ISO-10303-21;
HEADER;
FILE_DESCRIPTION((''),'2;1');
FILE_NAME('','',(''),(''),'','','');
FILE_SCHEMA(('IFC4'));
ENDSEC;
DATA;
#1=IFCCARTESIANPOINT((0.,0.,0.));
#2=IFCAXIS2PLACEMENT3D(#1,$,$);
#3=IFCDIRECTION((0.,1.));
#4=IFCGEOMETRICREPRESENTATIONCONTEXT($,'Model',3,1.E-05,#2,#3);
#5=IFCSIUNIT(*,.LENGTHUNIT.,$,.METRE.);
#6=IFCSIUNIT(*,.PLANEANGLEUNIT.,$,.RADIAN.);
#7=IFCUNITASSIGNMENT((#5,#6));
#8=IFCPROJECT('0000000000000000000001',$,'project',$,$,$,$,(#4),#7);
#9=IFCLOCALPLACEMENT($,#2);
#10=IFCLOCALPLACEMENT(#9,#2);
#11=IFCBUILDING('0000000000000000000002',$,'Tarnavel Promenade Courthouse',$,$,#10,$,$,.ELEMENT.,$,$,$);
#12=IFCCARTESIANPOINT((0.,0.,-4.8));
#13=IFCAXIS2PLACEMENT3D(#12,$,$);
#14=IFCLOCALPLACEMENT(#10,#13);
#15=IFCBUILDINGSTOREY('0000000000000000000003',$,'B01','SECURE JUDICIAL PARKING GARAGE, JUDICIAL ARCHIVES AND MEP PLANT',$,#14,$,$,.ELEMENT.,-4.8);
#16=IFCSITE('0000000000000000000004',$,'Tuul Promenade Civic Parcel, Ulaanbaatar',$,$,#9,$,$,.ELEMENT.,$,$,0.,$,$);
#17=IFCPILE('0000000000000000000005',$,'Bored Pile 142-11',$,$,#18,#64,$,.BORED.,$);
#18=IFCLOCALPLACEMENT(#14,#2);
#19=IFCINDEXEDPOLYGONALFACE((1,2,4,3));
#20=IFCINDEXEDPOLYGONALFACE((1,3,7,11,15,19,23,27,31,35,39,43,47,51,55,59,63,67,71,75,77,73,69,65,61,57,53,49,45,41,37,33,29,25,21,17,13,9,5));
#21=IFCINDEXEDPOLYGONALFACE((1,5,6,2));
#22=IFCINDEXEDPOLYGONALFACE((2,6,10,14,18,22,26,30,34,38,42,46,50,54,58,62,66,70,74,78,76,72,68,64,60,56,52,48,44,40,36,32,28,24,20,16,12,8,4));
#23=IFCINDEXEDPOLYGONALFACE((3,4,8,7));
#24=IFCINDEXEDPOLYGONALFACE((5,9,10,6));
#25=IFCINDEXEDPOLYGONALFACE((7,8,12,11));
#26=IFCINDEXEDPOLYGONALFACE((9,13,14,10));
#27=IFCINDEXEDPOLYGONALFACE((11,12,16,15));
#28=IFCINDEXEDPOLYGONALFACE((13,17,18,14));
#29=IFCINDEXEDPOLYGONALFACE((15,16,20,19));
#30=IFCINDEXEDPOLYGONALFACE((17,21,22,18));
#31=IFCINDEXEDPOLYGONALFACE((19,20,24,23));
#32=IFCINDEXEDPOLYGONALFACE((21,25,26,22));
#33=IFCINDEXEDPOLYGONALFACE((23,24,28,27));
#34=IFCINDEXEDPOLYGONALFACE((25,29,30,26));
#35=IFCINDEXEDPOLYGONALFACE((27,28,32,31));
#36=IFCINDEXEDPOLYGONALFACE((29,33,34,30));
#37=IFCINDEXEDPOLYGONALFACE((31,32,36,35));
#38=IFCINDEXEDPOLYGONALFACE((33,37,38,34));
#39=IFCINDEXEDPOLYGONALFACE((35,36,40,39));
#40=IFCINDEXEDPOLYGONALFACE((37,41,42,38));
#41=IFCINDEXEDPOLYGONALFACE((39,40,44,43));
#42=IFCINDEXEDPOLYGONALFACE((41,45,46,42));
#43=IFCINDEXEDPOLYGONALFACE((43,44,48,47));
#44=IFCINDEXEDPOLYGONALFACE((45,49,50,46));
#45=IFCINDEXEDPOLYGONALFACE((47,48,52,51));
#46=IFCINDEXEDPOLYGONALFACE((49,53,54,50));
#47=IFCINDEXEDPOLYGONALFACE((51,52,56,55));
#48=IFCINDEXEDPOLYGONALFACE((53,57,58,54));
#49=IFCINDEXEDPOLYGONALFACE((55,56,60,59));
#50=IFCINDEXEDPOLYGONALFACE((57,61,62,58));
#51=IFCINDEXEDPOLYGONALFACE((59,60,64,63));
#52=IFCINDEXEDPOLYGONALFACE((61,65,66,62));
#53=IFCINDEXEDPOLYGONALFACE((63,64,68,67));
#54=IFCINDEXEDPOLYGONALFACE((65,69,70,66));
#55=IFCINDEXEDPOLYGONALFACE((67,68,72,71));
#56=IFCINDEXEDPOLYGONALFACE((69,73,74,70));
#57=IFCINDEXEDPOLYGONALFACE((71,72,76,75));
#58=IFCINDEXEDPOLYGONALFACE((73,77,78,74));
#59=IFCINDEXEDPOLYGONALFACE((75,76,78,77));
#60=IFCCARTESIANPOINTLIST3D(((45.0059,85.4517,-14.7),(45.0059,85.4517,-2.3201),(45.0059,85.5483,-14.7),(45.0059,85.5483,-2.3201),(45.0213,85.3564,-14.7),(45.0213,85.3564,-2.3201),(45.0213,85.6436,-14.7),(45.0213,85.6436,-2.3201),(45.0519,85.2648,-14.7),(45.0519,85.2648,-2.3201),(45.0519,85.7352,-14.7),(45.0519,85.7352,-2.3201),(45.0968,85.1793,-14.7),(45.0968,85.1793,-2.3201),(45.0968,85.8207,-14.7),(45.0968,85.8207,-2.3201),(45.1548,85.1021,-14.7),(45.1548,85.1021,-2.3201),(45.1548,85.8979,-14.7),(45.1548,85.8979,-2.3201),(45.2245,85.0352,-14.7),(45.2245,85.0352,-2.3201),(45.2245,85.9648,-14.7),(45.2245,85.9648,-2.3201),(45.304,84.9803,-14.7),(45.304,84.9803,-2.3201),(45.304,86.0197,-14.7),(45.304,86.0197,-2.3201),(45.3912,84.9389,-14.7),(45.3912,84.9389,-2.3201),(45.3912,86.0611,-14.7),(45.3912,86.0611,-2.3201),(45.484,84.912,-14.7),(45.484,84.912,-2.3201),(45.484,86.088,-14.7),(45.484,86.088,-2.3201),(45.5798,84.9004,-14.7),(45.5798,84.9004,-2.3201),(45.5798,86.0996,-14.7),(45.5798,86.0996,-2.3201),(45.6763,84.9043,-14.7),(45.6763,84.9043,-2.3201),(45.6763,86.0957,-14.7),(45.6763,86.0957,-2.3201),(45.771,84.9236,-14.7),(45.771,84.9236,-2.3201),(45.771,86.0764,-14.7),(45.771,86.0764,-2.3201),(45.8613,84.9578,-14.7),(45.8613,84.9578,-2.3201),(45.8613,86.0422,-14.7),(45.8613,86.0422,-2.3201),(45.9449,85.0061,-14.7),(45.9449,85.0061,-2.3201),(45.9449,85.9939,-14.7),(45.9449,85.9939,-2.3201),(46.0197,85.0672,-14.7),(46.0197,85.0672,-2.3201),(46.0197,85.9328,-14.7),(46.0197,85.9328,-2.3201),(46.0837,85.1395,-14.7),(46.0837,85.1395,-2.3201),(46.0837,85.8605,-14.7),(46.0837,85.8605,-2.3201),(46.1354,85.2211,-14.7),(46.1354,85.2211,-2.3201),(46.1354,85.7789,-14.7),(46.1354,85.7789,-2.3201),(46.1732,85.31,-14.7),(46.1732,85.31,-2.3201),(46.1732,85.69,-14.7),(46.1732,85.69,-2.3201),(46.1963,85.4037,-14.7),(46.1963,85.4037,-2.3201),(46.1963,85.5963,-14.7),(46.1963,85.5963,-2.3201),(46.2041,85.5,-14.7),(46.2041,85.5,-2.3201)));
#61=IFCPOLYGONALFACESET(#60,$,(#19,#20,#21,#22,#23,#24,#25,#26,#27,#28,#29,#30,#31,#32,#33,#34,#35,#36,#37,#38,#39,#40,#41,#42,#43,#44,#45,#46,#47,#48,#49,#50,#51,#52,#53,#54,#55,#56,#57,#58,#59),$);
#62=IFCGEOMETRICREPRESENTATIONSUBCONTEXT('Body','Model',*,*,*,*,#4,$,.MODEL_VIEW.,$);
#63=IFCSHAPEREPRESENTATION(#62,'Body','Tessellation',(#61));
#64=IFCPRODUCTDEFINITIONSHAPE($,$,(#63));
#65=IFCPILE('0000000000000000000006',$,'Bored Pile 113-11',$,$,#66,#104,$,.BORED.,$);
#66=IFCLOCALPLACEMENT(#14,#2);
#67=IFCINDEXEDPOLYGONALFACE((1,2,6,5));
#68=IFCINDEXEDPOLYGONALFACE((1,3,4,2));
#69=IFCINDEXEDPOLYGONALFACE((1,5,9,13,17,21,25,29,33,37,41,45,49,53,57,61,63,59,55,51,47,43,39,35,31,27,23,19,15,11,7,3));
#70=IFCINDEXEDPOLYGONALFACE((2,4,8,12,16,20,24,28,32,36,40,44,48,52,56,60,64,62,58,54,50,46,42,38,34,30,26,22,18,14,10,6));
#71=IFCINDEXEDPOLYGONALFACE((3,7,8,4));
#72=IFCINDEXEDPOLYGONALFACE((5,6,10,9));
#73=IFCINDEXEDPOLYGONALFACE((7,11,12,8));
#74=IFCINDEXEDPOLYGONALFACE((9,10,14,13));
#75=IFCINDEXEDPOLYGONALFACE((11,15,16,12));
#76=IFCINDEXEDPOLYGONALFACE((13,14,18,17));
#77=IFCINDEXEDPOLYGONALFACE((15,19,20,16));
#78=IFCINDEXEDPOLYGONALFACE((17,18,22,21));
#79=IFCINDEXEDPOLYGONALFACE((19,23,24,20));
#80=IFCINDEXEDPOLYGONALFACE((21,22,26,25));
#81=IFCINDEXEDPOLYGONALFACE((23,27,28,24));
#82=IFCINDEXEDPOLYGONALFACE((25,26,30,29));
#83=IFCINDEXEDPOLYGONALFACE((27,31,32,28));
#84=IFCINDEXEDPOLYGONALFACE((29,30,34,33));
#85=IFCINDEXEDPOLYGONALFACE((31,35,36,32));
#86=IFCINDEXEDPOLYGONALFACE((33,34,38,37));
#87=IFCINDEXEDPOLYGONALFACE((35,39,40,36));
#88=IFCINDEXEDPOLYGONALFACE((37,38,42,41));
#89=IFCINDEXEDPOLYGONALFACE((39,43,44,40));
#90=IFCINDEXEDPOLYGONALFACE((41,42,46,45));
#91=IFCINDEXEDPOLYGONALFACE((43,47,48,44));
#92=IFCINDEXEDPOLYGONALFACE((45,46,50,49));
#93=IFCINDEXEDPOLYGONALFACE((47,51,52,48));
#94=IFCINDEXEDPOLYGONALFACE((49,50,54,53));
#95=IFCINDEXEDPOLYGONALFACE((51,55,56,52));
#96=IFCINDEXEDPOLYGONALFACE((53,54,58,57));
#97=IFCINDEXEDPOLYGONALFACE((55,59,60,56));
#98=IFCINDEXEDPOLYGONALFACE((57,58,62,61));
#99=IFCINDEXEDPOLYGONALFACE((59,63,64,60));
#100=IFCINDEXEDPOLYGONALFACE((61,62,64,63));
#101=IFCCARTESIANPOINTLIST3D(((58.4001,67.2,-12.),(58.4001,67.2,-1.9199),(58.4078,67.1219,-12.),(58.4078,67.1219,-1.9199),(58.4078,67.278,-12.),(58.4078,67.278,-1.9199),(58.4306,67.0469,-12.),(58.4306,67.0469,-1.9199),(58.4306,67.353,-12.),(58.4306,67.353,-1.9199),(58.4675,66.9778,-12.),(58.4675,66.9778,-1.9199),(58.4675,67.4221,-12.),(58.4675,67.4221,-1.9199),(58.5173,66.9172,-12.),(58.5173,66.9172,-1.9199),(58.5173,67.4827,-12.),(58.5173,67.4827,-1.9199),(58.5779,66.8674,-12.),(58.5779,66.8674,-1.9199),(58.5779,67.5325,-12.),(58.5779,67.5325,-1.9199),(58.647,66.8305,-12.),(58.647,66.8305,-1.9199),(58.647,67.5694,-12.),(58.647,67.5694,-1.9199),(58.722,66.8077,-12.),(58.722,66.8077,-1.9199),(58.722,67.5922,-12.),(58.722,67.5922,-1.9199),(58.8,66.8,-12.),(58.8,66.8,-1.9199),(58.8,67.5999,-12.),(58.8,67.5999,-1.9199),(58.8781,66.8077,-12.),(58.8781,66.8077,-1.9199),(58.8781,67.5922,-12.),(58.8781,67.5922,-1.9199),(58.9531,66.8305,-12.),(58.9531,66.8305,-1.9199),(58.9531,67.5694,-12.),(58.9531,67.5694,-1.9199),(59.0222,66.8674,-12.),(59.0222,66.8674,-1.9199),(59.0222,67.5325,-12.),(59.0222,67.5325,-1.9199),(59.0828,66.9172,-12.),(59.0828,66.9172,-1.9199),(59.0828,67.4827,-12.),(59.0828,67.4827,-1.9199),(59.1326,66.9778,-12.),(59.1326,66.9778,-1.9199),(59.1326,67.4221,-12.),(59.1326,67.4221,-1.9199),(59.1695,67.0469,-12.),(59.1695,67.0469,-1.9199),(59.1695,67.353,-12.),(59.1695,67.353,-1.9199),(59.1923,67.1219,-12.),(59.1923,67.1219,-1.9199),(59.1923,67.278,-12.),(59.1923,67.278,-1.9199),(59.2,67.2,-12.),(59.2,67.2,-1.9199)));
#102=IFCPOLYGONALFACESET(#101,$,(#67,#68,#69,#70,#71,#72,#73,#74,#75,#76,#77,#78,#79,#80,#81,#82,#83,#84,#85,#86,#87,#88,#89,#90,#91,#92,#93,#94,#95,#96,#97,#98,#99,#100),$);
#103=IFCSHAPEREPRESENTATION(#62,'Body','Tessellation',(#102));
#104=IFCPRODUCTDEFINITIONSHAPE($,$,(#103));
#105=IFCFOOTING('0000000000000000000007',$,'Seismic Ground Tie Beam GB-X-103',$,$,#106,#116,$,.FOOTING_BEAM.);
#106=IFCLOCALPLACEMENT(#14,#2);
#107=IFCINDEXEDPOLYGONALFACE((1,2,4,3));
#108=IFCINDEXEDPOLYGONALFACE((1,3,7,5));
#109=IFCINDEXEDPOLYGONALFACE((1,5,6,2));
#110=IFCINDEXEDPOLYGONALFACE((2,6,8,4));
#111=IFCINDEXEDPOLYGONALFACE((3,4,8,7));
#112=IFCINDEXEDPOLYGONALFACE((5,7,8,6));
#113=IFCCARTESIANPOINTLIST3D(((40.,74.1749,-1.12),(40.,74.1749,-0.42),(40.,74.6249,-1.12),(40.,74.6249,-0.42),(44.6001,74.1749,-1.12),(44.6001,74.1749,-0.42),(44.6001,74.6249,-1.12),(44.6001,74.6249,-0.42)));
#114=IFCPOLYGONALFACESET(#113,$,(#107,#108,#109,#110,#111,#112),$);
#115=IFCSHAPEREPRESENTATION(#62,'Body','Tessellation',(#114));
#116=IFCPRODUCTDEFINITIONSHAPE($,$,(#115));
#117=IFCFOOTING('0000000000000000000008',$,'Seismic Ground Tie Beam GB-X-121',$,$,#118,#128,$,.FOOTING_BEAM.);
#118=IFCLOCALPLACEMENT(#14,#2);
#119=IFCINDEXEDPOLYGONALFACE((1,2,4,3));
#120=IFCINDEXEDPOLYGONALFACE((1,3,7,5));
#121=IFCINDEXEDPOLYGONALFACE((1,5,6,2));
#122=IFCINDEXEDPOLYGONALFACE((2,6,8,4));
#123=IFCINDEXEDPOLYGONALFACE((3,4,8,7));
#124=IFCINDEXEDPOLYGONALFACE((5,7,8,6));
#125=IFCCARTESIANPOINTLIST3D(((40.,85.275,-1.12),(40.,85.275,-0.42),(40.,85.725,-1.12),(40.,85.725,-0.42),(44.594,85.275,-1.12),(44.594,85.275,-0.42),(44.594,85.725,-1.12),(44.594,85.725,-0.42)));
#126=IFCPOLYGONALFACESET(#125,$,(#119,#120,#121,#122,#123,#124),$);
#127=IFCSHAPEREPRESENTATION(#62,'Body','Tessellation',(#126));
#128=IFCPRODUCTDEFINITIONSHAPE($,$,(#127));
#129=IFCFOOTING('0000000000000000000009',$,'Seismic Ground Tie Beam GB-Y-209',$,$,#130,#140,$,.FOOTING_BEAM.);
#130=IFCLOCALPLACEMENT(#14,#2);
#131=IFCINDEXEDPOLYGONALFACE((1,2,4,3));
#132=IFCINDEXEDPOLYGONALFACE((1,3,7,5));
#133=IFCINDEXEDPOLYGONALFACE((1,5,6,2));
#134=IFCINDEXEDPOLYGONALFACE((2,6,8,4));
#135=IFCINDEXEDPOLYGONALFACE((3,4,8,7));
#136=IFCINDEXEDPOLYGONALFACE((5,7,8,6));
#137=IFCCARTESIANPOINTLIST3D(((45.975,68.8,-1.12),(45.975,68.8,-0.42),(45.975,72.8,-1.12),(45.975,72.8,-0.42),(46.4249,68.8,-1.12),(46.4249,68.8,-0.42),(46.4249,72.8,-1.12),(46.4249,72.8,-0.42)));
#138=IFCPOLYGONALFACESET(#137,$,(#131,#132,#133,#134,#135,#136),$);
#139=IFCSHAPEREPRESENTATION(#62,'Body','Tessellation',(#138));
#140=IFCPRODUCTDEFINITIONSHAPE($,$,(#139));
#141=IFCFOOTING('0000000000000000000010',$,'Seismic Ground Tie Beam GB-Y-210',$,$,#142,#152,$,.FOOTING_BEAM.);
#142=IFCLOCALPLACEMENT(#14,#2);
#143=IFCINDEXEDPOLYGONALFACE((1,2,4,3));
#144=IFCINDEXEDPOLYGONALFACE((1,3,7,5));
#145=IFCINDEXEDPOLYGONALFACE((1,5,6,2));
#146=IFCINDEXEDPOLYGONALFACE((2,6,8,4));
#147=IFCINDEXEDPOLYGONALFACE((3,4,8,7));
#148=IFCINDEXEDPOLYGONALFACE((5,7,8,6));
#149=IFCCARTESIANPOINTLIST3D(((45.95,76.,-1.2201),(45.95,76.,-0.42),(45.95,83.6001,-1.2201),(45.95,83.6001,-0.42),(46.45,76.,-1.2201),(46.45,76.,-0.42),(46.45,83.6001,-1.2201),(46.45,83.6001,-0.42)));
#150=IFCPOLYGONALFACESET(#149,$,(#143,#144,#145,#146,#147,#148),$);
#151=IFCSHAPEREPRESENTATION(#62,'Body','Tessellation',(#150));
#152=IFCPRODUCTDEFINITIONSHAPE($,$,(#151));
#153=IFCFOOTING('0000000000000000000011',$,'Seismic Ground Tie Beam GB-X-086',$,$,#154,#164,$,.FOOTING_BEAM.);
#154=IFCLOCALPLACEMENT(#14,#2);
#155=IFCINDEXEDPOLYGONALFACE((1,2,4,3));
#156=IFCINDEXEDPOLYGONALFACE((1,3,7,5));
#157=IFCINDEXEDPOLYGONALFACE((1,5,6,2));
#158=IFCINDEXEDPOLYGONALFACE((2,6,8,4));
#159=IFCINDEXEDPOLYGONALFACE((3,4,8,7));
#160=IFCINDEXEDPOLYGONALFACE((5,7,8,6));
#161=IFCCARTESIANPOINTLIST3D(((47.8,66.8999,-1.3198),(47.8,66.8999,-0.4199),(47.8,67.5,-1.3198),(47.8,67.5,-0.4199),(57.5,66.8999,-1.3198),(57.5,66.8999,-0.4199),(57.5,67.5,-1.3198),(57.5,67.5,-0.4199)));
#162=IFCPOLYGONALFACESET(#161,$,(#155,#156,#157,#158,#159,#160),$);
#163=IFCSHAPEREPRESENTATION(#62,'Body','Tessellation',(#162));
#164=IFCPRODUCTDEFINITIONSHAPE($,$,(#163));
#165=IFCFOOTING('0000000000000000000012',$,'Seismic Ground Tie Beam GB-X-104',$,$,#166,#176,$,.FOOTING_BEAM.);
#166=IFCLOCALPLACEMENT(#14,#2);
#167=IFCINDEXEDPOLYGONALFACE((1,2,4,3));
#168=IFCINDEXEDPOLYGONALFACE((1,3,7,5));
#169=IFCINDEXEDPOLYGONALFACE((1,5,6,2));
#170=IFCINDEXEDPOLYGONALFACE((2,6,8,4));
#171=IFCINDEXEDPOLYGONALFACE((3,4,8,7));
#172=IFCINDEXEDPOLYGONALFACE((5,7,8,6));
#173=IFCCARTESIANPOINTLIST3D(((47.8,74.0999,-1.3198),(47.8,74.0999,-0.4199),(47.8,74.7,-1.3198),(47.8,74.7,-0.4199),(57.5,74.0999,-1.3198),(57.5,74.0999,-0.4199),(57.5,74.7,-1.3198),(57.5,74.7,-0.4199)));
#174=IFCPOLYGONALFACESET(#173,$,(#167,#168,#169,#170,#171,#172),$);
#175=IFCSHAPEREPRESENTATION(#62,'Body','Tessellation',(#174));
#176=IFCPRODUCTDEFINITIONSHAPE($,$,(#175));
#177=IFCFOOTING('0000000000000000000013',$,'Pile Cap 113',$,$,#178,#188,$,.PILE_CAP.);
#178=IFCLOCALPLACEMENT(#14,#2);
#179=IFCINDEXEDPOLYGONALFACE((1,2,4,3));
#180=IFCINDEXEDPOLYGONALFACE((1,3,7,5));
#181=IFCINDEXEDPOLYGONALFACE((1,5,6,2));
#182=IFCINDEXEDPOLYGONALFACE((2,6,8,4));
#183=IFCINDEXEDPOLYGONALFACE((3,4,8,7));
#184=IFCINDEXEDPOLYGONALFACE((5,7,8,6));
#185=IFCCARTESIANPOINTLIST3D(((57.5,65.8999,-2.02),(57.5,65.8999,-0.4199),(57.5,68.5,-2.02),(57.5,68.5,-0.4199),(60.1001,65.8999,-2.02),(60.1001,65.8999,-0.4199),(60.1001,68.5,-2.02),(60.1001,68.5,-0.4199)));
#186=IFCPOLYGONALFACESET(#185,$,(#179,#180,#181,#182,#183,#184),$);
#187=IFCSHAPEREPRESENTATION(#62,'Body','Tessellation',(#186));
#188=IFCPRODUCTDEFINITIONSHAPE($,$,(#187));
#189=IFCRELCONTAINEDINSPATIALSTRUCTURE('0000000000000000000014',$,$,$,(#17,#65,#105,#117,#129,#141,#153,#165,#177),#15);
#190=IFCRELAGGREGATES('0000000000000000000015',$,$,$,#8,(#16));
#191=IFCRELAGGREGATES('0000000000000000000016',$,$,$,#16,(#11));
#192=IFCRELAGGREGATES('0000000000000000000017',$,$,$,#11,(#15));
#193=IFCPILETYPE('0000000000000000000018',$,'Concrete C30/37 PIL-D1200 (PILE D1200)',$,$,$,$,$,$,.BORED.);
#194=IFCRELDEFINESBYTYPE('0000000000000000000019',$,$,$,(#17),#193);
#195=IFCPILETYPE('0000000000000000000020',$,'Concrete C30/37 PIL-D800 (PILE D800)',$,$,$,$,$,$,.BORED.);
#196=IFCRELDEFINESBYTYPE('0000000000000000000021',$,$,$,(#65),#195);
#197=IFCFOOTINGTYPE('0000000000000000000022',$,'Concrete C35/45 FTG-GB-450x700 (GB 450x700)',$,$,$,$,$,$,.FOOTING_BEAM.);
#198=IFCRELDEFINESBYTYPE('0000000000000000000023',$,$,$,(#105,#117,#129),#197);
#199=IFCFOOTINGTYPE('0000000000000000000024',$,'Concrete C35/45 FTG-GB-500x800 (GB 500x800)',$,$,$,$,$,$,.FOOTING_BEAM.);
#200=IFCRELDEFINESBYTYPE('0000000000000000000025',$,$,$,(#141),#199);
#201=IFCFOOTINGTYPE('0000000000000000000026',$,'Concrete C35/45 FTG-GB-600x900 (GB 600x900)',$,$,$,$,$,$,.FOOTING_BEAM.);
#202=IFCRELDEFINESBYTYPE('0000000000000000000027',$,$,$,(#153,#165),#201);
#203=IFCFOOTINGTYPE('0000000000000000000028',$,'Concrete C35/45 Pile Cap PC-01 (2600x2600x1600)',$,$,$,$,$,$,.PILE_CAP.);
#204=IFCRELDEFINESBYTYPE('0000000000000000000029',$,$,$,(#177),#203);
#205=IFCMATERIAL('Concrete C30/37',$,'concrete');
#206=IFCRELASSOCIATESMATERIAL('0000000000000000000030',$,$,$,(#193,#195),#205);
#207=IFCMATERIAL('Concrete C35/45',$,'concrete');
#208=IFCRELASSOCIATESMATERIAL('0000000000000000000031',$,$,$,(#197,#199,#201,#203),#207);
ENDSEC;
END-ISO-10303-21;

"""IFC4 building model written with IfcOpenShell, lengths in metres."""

from ifc_helpers import new_model, si_unit, direction, frame, origin, origin_2d, place, context, subcontext, project, spatial, rectangle, circle, extrude, material, material_profile, profile_set, type_object, element, save


model = new_model("IFC4")

# Units and contexts
model_context = context("Model", 3, precision=1e-05, world=origin(), true_north=direction((0.0, 1.0)))
body_context = subcontext(model_context, "Body", "Model", "MODEL_VIEW")
ifc_project = project(units=[si_unit("LENGTHUNIT", "METRE"), si_unit("PLANEANGLEUNIT", "RADIAN")], contexts=[model_context])

# Site, building, storey
site_placement = place(None, origin())
site = spatial("IfcSite", under=ifc_project, at=site_placement, Name="Tuul Promenade Civic Parcel, Ulaanbaatar", CompositionType="ELEMENT", RefElevation=0.0)
building_placement = place(site_placement, origin())
building = spatial("IfcBuilding", under=site, at=building_placement, Name="Tarnavel Promenade Courthouse", CompositionType="ELEMENT")
storey_placement = place(building_placement, frame((0.0, 0.0, -4.8)))
storey = spatial("IfcBuildingStorey", under=building, at=storey_placement, Name="B01", Description="SECURE JUDICIAL PARKING GARAGE, JUDICIAL ARCHIVES AND MEP PLANT", CompositionType="ELEMENT", Elevation=-4.8)

# Piles
ifc_material_1 = material(Name="Concrete C30/37", Category="concrete")
ifc_material_profile_1 = material_profile(ifc_material_1, circle(Radius=0.6001, at=origin_2d()), Name="PILE D1200")
ifc_profile_set_1 = profile_set([ifc_material_profile_1], Name="Concrete C30/37")
pile_type_1 = type_object("IfcPileType", Name="Concrete C30/37 PIL-D1200 (PILE D1200)", PredefinedType="BORED", material=ifc_profile_set_1)
for number, where, z_axis, x_axis, name in (
    (1, (45.604, 85.5, -2.3201), (0.0, 0.0, -1.0), (1.0, 0.0, 0.0), "Bored Pile 142-11"),
):
    element("IfcPile", number, at=place(storey_placement, frame(where, z_axis=z_axis, x_axis=x_axis)), inside=storey, type_object=pile_type_1, Name=name, PredefinedType="BORED", context=body_context, shape_type="SweptSolid", body=[
        extrude(circle(Radius=0.6001, at=origin_2d()), origin(), (0.0, 0.0, 1.0), 12.3799),
    ])
ifc_material_profile_2 = material_profile(ifc_material_1, circle(Radius=0.3999, at=origin_2d()), Name="PILE D800")
ifc_profile_set_2 = profile_set([ifc_material_profile_2], Name="Concrete C30/37")
pile_type_2 = type_object("IfcPileType", Name="Concrete C30/37 PIL-D800 (PILE D800)", PredefinedType="BORED", material=ifc_profile_set_2)
pile_1_placement = place(storey_placement, frame((58.8, 67.2, -1.9199), z_axis=(0.0, 0.0, -1.0), x_axis=(1.0, 0.0, 0.0)))
element("IfcPile", 2, at=pile_1_placement, inside=storey, type_object=pile_type_2, Name="Bored Pile 113-11", PredefinedType="BORED", context=body_context, shape_type="SweptSolid", body=[
    extrude(circle(Radius=0.3999, at=origin_2d()), origin(), (0.0, 0.0, 1.0), 10.0801),
])

# Footings
ifc_material_2 = material(Name="Concrete C35/45", Category="concrete")
ifc_material_profile_3 = material_profile(ifc_material_2, rectangle(XDim=0.45, YDim=0.7, at=origin_2d()), Name="GB 450x700")
ifc_profile_set_3 = profile_set([ifc_material_profile_3], Name="Concrete C35/45")
footing_type_1 = type_object("IfcFootingType", Name="Concrete C35/45 FTG-GB-450x700 (GB 450x700)", PredefinedType="FOOTING_BEAM", material=ifc_profile_set_3)
footing_1_placement = place(storey_placement, frame((40.0, 74.3999, -0.77), z_axis=(1.0, 0.0, 0.0), x_axis=(0.0, 1.0, 0.0)))
element("IfcFooting", 3, at=footing_1_placement, inside=storey, type_object=footing_type_1, Name="Seismic Ground Tie Beam GB-X-103", PredefinedType="FOOTING_BEAM", context=body_context, shape_type="SweptSolid", body=[
    extrude(rectangle(XDim=0.45, YDim=0.7, at=origin_2d()), origin(), (0.0, 0.0, 1.0), 4.6001),
])
footing_2_placement = place(storey_placement, frame((40.0, 85.5, -0.77), z_axis=(1.0, 0.0, 0.0), x_axis=(0.0, 1.0, 0.0)))
element("IfcFooting", 4, at=footing_2_placement, inside=storey, type_object=footing_type_1, Name="Seismic Ground Tie Beam GB-X-121", PredefinedType="FOOTING_BEAM", context=body_context, shape_type="SweptSolid", body=[
    extrude(rectangle(XDim=0.45, YDim=0.7, at=origin_2d()), origin(), (0.0, 0.0, 1.0), 4.594),
])
footing_3_placement = place(storey_placement, frame((46.2, 68.8, -0.77), z_axis=(0.0, 1.0, 0.0), x_axis=(-1.0, 0.0, 0.0)))
element("IfcFooting", 5, at=footing_3_placement, inside=storey, type_object=footing_type_1, Name="Seismic Ground Tie Beam GB-Y-209", PredefinedType="FOOTING_BEAM", context=body_context, shape_type="SweptSolid", body=[
    extrude(rectangle(XDim=0.45, YDim=0.7, at=origin_2d()), origin(), (0.0, 0.0, 1.0), 4.0),
])
ifc_material_profile_4 = material_profile(ifc_material_2, rectangle(XDim=0.5, YDim=0.8, at=origin_2d()), Name="GB 500x800")
ifc_profile_set_4 = profile_set([ifc_material_profile_4], Name="Concrete C35/45")
footing_type_2 = type_object("IfcFootingType", Name="Concrete C35/45 FTG-GB-500x800 (GB 500x800)", PredefinedType="FOOTING_BEAM", material=ifc_profile_set_4)
footing_4_placement = place(storey_placement, frame((46.2, 76.0, -0.8201), z_axis=(0.0, 1.0, 0.0), x_axis=(-1.0, 0.0, 0.0)))
element("IfcFooting", 6, at=footing_4_placement, inside=storey, type_object=footing_type_2, Name="Seismic Ground Tie Beam GB-Y-210", PredefinedType="FOOTING_BEAM", context=body_context, shape_type="SweptSolid", body=[
    extrude(rectangle(XDim=0.5, YDim=0.8, at=origin_2d()), origin(), (0.0, 0.0, 1.0), 7.6001),
])
ifc_material_profile_5 = material_profile(ifc_material_2, rectangle(XDim=0.6001, YDim=0.8999, at=origin_2d()), Name="GB 600x900")
ifc_profile_set_5 = profile_set([ifc_material_profile_5], Name="Concrete C35/45")
footing_type_3 = type_object("IfcFootingType", Name="Concrete C35/45 FTG-GB-600x900 (GB 600x900)", PredefinedType="FOOTING_BEAM", material=ifc_profile_set_5)
for number, where, z_axis, x_axis, name in (
    (7, (47.8, 67.2, -0.8699), (1.0, 0.0, 0.0), (0.0, 1.0, 0.0), "Seismic Ground Tie Beam GB-X-086"),
    (8, (47.8, 74.3999, -0.8699), (1.0, 0.0, 0.0), (0.0, 1.0, 0.0), "Seismic Ground Tie Beam GB-X-104"),
):
    element("IfcFooting", number, at=place(storey_placement, frame(where, z_axis=z_axis, x_axis=x_axis)), inside=storey, type_object=footing_type_3, Name=name, PredefinedType="FOOTING_BEAM", context=body_context, shape_type="SweptSolid", body=[
        extrude(rectangle(XDim=0.6001, YDim=0.8999, at=origin_2d()), origin(), (0.0, 0.0, 1.0), 9.7),
    ])
footing_type_4 = type_object("IfcFootingType", Name="Concrete C35/45 Pile Cap PC-01 (2600x2600x1600)", PredefinedType="PILE_CAP", material=ifc_material_2)
footing_5_placement = place(storey_placement, frame((58.8, 67.2, -2.02), z_axis=(0.0, 0.0, 1.0), x_axis=(1.0, 0.0, 0.0)))
element("IfcFooting", 9, at=footing_5_placement, inside=storey, type_object=footing_type_4, Name="Pile Cap 113", PredefinedType="PILE_CAP", context=body_context, shape_type="SweptSolid", body=[
    extrude(rectangle(XDim=2.6001, YDim=2.6001, at=origin_2d()), origin(), (0.0, 0.0, 1.0), 1.6001),
])

save(model, "model.ifc")
